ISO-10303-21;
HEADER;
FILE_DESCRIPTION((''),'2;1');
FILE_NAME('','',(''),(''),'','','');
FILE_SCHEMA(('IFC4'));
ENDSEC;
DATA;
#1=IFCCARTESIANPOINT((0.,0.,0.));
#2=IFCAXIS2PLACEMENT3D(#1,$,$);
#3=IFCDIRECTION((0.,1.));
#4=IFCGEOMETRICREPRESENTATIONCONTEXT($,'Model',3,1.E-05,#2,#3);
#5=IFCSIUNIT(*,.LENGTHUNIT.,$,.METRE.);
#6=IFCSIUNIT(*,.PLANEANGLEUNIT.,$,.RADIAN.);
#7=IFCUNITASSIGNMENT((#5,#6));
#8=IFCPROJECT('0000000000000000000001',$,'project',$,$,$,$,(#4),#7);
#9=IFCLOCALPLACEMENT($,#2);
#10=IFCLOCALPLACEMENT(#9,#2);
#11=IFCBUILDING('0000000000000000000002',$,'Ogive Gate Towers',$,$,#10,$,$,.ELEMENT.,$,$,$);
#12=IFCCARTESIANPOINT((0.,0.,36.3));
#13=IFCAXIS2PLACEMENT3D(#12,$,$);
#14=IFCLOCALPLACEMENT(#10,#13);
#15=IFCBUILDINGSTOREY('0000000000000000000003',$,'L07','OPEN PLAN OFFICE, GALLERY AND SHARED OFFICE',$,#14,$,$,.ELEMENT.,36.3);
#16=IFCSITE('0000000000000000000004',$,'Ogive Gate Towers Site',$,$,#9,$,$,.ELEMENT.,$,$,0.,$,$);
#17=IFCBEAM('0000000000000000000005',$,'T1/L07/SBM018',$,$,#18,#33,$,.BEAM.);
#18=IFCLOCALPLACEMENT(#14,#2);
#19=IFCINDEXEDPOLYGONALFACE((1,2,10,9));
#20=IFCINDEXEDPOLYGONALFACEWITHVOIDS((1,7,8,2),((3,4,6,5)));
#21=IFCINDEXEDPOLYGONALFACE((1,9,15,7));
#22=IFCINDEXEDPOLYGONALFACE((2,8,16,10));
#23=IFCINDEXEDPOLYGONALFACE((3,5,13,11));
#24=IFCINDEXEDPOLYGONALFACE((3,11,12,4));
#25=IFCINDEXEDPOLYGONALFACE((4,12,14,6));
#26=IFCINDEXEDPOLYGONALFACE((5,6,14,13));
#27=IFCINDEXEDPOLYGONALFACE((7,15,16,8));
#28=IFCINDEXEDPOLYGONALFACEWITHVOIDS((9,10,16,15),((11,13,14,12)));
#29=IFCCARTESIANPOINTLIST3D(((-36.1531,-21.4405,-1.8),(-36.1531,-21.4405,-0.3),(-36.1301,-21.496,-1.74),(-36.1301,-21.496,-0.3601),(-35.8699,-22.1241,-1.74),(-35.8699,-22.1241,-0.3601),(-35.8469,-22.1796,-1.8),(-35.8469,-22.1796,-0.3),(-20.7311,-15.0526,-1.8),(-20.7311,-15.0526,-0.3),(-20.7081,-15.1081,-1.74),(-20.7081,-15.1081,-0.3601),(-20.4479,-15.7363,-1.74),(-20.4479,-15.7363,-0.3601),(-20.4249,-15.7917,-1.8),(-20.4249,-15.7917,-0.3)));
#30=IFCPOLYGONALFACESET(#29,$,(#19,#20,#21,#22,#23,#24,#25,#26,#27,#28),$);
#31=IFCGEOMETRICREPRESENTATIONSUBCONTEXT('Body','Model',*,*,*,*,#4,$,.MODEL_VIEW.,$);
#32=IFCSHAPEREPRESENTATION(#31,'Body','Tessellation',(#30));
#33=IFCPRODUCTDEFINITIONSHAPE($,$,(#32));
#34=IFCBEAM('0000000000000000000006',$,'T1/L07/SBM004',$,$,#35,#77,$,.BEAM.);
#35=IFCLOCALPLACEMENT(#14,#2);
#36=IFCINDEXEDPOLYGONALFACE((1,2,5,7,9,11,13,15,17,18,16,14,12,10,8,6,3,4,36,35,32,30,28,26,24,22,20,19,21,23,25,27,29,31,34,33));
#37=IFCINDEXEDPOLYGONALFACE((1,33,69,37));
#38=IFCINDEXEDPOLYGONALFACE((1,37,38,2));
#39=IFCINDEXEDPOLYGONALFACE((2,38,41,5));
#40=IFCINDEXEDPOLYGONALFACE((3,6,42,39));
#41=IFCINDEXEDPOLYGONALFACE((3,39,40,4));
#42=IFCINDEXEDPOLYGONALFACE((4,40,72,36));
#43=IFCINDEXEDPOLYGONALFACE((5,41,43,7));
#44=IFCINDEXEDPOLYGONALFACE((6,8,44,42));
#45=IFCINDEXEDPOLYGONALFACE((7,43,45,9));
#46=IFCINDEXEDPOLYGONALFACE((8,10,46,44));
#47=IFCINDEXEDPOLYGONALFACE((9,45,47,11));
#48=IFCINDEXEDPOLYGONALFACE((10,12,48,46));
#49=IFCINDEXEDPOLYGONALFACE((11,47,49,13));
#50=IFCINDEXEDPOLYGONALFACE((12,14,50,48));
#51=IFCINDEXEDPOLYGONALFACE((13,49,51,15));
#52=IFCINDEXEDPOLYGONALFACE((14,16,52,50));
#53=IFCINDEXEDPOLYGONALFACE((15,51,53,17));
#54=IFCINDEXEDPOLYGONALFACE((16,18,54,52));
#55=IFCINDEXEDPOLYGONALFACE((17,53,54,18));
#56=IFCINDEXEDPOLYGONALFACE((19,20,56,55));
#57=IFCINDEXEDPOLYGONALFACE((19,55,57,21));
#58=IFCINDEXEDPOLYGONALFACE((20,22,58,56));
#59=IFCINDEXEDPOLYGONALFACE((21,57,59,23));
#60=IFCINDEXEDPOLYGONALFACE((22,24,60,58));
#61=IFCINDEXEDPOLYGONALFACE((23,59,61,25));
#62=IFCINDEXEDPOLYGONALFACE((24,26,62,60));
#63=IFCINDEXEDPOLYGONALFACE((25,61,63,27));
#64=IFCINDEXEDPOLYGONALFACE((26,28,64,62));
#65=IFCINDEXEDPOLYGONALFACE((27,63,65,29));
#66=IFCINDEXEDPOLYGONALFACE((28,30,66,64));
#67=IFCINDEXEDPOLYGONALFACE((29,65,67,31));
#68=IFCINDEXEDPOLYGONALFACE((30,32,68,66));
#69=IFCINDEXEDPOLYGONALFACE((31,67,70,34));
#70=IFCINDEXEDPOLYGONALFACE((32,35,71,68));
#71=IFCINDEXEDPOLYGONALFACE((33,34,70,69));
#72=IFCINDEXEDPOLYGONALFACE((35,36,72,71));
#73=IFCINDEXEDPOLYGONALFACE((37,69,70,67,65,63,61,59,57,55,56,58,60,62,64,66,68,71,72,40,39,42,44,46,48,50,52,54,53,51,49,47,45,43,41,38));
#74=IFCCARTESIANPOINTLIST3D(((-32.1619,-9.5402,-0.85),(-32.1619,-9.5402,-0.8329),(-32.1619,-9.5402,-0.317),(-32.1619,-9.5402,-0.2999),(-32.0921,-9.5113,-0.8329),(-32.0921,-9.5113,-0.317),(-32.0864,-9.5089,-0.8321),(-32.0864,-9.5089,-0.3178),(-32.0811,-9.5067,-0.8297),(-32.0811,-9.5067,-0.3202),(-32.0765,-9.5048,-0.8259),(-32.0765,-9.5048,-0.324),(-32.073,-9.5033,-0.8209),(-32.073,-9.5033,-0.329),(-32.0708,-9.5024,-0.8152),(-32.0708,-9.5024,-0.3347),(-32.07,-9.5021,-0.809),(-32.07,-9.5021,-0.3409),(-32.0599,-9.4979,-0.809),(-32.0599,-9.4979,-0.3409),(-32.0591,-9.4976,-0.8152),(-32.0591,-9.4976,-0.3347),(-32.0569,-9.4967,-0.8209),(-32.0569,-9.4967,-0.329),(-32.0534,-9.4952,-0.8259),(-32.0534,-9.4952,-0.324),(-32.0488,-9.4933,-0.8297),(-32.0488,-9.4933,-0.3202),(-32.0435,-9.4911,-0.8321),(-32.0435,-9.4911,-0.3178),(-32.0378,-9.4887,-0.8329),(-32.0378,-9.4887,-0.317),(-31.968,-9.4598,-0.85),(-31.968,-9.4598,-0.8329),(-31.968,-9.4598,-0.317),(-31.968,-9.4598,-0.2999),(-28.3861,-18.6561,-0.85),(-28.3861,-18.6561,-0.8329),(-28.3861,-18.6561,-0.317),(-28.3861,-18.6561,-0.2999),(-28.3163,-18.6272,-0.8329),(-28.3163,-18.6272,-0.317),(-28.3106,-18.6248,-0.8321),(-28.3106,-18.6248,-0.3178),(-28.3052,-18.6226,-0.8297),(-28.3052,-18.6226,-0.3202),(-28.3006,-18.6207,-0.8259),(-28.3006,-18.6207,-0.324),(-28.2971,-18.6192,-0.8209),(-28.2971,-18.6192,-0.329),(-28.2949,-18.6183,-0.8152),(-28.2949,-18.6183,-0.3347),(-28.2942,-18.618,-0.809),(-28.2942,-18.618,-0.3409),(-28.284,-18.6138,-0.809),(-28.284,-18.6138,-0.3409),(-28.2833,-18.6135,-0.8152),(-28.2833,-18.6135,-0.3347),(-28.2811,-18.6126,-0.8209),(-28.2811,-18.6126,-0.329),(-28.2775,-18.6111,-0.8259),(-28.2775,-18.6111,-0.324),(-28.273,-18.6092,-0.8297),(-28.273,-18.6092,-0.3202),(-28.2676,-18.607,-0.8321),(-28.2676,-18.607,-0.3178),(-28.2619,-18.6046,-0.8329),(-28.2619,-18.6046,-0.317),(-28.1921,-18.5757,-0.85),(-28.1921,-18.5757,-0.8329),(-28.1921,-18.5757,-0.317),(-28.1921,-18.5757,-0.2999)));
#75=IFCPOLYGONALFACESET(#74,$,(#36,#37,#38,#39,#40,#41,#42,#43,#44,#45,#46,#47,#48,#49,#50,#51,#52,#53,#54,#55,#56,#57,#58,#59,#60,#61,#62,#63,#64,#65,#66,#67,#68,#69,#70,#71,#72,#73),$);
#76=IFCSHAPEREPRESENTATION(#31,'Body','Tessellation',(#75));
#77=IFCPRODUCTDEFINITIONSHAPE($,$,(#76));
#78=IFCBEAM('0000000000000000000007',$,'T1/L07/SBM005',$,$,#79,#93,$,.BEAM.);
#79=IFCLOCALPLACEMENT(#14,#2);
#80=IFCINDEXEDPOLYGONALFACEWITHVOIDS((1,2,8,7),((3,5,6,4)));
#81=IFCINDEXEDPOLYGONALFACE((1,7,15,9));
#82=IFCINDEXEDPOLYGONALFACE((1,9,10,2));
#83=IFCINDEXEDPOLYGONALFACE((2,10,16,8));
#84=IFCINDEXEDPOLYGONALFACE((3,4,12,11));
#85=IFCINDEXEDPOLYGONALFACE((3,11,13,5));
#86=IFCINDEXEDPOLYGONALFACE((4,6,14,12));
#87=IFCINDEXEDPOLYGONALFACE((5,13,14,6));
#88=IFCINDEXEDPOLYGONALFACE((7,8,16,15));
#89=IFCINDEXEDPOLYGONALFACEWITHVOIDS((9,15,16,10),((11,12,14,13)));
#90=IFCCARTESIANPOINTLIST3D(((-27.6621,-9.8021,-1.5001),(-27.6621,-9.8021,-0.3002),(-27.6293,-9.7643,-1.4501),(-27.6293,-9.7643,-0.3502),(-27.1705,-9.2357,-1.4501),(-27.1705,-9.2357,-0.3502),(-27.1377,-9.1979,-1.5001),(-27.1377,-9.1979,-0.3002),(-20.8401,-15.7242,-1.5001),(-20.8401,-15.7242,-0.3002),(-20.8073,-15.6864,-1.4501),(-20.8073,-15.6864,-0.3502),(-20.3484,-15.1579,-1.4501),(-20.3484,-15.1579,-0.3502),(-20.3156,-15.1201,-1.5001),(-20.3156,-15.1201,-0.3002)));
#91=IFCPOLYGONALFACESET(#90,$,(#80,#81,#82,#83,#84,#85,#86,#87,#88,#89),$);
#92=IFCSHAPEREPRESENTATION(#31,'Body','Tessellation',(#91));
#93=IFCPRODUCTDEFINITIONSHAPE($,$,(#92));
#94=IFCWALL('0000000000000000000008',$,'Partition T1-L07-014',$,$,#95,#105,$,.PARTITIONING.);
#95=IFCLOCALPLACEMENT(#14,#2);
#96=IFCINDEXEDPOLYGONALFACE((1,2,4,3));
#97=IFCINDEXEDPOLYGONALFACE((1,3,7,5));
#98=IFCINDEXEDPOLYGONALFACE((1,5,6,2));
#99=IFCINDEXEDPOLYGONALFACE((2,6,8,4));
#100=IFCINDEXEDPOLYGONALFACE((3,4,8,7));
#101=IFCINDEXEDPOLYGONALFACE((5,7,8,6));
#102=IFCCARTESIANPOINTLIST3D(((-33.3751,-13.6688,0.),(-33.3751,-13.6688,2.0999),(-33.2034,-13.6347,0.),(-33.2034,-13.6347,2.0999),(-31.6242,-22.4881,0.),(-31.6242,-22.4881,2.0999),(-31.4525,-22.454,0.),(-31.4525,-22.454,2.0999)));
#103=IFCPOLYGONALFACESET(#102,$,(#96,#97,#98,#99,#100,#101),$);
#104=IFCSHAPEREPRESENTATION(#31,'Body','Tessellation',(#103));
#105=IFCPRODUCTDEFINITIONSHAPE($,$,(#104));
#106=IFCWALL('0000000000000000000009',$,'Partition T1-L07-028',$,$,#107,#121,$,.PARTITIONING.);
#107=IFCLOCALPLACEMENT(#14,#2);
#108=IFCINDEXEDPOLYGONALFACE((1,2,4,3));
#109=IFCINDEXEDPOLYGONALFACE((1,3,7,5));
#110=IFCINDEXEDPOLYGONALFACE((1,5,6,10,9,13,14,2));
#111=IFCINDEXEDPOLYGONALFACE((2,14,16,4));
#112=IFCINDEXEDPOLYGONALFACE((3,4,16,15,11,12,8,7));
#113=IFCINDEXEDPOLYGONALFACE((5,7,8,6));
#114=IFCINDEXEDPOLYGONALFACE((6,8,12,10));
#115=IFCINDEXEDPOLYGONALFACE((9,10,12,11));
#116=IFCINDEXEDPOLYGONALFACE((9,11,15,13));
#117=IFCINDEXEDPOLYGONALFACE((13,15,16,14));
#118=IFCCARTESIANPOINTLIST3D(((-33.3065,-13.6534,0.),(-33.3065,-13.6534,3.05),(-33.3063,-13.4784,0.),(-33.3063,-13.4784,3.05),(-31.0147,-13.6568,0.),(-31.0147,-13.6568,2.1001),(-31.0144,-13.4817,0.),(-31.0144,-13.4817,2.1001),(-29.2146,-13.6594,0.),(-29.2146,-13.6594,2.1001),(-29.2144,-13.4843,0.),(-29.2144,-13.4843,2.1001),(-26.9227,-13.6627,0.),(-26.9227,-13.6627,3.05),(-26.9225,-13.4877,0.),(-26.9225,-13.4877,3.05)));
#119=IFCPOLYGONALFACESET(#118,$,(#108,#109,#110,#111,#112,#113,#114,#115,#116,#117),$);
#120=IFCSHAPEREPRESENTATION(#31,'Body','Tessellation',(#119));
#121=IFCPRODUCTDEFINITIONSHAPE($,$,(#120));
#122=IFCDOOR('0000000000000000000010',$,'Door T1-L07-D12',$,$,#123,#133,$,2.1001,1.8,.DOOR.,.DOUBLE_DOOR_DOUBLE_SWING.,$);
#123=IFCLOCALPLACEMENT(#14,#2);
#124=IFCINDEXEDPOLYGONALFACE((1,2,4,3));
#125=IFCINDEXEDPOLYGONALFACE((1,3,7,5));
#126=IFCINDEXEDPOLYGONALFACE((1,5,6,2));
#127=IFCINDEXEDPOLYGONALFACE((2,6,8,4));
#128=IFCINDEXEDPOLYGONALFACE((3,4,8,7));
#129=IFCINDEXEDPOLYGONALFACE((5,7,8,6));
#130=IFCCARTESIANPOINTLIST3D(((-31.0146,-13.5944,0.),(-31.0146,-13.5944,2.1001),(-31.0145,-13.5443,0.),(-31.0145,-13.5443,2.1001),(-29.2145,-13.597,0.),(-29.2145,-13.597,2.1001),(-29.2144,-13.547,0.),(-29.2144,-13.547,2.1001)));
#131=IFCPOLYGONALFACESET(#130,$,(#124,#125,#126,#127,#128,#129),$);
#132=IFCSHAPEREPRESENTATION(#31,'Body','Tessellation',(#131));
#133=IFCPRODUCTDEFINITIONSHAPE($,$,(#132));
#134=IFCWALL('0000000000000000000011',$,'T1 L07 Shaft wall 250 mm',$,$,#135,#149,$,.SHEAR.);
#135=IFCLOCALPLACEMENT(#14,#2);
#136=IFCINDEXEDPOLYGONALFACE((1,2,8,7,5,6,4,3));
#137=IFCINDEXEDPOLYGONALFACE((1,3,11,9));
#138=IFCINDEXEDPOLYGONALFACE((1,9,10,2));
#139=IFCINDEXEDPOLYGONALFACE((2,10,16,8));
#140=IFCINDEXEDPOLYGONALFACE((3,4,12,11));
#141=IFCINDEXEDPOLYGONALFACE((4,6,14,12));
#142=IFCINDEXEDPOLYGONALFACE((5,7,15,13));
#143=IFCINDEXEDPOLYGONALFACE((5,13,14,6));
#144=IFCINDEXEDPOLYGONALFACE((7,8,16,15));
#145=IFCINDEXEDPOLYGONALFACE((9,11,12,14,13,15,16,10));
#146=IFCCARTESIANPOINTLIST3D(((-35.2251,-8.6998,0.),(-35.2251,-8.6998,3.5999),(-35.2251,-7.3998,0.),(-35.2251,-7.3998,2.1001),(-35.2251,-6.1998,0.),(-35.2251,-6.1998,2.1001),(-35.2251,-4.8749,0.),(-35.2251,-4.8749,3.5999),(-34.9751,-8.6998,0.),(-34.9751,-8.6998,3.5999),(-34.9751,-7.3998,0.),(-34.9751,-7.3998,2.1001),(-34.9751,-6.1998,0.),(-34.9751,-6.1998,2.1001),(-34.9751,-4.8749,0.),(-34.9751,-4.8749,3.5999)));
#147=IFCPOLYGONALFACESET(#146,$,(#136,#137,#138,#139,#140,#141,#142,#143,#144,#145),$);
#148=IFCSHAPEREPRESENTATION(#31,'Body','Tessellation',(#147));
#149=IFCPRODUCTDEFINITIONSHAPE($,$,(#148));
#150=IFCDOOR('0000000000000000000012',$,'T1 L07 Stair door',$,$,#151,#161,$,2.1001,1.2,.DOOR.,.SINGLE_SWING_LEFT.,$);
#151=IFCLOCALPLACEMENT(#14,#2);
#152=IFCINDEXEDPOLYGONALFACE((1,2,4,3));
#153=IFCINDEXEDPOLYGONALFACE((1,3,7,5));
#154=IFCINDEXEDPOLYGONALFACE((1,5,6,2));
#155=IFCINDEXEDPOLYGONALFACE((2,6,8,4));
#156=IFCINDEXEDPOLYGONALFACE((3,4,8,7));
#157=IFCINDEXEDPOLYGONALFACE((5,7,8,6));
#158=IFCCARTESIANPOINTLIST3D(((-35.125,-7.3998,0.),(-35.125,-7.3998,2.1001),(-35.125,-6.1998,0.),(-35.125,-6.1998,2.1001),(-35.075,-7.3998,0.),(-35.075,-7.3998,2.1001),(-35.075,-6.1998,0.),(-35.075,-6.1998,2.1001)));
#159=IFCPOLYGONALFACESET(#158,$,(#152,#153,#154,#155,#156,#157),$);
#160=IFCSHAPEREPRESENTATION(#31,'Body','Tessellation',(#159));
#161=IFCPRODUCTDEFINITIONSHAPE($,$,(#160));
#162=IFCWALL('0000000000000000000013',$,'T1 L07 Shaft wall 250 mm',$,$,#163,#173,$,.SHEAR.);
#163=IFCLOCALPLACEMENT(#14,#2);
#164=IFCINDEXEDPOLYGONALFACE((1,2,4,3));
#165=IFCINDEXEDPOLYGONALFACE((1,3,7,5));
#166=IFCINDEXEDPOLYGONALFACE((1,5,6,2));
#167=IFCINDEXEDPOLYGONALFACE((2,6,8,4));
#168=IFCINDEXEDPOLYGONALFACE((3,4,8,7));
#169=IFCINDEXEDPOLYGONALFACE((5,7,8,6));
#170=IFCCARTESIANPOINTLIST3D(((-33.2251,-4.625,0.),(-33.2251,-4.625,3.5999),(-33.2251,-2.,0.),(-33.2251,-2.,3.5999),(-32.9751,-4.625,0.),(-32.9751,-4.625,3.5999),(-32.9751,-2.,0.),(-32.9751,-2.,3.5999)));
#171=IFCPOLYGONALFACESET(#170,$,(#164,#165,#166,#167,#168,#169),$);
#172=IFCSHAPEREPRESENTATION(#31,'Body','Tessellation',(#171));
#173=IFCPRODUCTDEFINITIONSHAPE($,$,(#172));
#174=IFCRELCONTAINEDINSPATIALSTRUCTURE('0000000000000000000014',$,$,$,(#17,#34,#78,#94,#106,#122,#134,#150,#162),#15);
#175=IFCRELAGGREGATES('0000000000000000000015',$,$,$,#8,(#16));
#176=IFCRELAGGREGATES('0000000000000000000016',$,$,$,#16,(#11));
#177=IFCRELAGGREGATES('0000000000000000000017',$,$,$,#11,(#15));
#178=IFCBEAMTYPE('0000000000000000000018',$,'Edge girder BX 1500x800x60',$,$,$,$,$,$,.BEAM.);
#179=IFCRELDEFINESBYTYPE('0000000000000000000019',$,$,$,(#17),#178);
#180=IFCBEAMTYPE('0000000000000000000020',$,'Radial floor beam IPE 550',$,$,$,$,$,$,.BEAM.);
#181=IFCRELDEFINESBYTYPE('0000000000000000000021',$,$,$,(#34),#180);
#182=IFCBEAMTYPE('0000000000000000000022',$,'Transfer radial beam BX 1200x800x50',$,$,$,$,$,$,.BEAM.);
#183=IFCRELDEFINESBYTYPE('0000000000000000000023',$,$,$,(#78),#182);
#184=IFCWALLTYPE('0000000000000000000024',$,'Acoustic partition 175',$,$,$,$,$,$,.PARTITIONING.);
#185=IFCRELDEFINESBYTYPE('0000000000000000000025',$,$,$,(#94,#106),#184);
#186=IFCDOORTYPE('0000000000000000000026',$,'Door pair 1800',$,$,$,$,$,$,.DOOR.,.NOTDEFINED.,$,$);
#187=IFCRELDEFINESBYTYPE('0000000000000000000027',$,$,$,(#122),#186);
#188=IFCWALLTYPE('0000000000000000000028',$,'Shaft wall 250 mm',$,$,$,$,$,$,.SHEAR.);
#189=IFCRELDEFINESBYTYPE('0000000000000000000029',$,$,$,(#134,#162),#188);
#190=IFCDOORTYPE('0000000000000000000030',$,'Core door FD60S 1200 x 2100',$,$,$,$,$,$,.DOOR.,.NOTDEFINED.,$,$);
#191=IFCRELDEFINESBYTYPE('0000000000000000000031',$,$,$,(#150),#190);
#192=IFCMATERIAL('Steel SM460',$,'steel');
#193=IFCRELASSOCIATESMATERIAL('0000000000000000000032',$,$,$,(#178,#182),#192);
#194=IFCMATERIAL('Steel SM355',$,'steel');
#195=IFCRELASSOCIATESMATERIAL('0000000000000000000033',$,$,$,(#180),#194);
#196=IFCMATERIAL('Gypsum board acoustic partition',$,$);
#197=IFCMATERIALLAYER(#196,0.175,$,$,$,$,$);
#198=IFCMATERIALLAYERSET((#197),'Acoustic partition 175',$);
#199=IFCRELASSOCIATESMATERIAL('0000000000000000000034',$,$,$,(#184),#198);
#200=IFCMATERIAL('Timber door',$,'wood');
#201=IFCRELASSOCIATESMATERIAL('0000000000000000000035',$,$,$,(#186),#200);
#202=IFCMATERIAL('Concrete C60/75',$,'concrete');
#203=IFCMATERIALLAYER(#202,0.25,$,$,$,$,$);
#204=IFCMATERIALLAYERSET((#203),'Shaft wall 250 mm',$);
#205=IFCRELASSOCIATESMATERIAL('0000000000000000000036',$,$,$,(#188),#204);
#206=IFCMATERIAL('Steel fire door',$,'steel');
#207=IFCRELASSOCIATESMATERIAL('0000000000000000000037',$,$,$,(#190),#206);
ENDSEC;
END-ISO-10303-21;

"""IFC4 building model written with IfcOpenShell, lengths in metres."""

from ifc_helpers import new_model, si_unit, direction, frame, frame_2d, origin, origin_2d, place, context, subcontext, project, spatial, rectangle, hollow_rectangle, i_section, extrude, material, layer, layer_set, material_profile, profile_set, type_object, element, fill, save


model = new_model("IFC4")

# Units and contexts
model_context = context("Model", 3, precision=1e-05, world=origin(), true_north=direction((0.0, 1.0)))
body_context = subcontext(model_context, "Body", "Model", "MODEL_VIEW")
ifc_project = project(units=[si_unit("LENGTHUNIT", "METRE"), si_unit("PLANEANGLEUNIT", "RADIAN")], contexts=[model_context])

# Site, building, storey
site_placement = place(None, origin())
site = spatial("IfcSite", under=ifc_project, at=site_placement, Name="Ogive Gate Towers Site", CompositionType="ELEMENT", RefElevation=0.0)
building_placement = place(site_placement, origin())
building = spatial("IfcBuilding", under=site, at=building_placement, Name="Ogive Gate Towers", CompositionType="ELEMENT")
storey_placement = place(building_placement, frame((0.0, 0.0, 36.3)))
storey = spatial("IfcBuildingStorey", under=building, at=storey_placement, Name="L07", Description="OPEN PLAN OFFICE, GALLERY AND SHARED OFFICE", CompositionType="ELEMENT", Elevation=36.3)

# Beams
ifc_material_1 = material(Name="Steel SM460", Category="steel")
ifc_material_profile_1 = material_profile(ifc_material_1, hollow_rectangle(XDim=0.8, YDim=1.5, WallThickness=0.0601, at=origin_2d()), Name="BX 1500x800x60")
ifc_profile_set_1 = profile_set([ifc_material_profile_1], Name="Steel SM460")
beam_type_1 = type_object("IfcBeamType", Name="Edge girder BX 1500x800x60", PredefinedType="BEAM", material=ifc_profile_set_1)
beam_1_placement = place(storey_placement, frame((-36.0, -21.8101, -1.05), z_axis=(0.923882, 0.382678, 0.0), x_axis=(-0.382678, 0.923882, 0.0)))
element("IfcBeam", 1, at=beam_1_placement, inside=storey, type_object=beam_type_1, Name="T1/L07/SBM018", PredefinedType="BEAM", context=body_context, shape_type="SweptSolid", body=[
    extrude(hollow_rectangle(XDim=0.8, YDim=1.5, WallThickness=0.0601, at=origin_2d()), origin(), (0.0, 0.0, 1.0), 16.6926),
])
ifc_material_2 = material(Name="Steel SM355", Category="steel")
ifc_material_profile_2 = material_profile(ifc_material_2, i_section(OverallWidth=0.21, OverallDepth=0.55, WebThickness=0.011, FlangeThickness=0.0171, FilletRadius=0.0239, at=origin_2d()), Name="IPE 550")
ifc_profile_set_2 = profile_set([ifc_material_profile_2], Name="Steel SM355")
beam_type_2 = type_object("IfcBeamType", Name="Radial floor beam IPE 550", PredefinedType="BEAM", material=ifc_profile_set_2)
beam_2_placement = place(storey_placement, frame((-32.0649, -9.5, -0.575), z_axis=(0.382677, -0.923882, 0.0), x_axis=(0.923882, 0.382677, 0.0)))
element("IfcBeam", 2, at=beam_2_placement, inside=storey, type_object=beam_type_2, Name="T1/L07/SBM004", PredefinedType="BEAM", context=body_context, shape_type="SweptSolid", body=[
    extrude(i_section(OverallWidth=0.21, OverallDepth=0.55, WebThickness=0.011, FlangeThickness=0.0171, FilletRadius=0.0239, at=origin_2d()), origin(), (0.0, 0.0, 1.0), 9.8669),
])
ifc_material_profile_3 = material_profile(ifc_material_1, hollow_rectangle(XDim=0.8, YDim=1.2, WallThickness=0.05, at=origin_2d()), Name="BX 1200x800x50")
ifc_profile_set_3 = profile_set([ifc_material_profile_3], Name="Steel SM460")
beam_type_3 = type_object("IfcBeamType", Name="Transfer radial beam BX 1200x800x50", PredefinedType="BEAM", material=ifc_profile_set_3)
beam_3_placement = place(storey_placement, frame((-27.3999, -9.5, -0.9001), z_axis=(0.755157, -0.655544, 0.0), x_axis=(0.655544, 0.755157, 0.0)))
element("IfcBeam", 3, at=beam_3_placement, inside=storey, type_object=beam_type_3, Name="T1/L07/SBM005", PredefinedType="BEAM", context=body_context, shape_type="SweptSolid", body=[
    extrude(hollow_rectangle(XDim=0.8, YDim=1.2, WallThickness=0.05, at=origin_2d()), origin(), (0.0, 0.0, 1.0), 9.0339),
])

# Wall
ifc_material_3 = material(Name="Gypsum board acoustic partition")
ifc_layer_1 = layer(ifc_material_3, 0.175)
ifc_layer_set_1 = layer_set([ifc_layer_1], Name="Acoustic partition 175")
wall_type_1 = type_object("IfcWallType", Name="Acoustic partition 175", PredefinedType="PARTITIONING", material=ifc_layer_set_1)
wall_1_placement = place(storey_placement, frame((-31.5383, -22.4709, 0.0), z_axis=(0.0, 0.0, 1.0), x_axis=(-0.194737, 0.980855, 0.0)))
element("IfcWall", 4, at=wall_1_placement, inside=storey, type_object=wall_type_1, Name="Partition T1-L07-014", PredefinedType="PARTITIONING", context=body_context, shape_type="SweptSolid", body=[
    extrude(rectangle(XDim=8.9915, YDim=0.175, at=frame_2d((4.4956, 0.0))), origin(), (0.0, 0.0, 1.0), 2.0999),
])

# Walls, openings, doors
wall_2_placement = place(storey_placement, frame((-33.3064, -13.5659, 0.0), z_axis=(0.0, 0.0, 1.0), x_axis=(0.999999, -0.001453, 0.0)))
wall_2 = element("IfcWall", 5, at=wall_2_placement, inside=storey, type_object=wall_type_1, Name="Partition T1-L07-028", PredefinedType="PARTITIONING", context=body_context, shape_type="SweptSolid", body=[
    extrude(rectangle(XDim=6.3838, YDim=0.175, at=frame_2d((3.1919, 0.0))), origin(), (0.0, 0.0, 1.0), 3.05),
])
opening_1_placement = place(wall_2_placement, frame((2.292, 0.0, 0.0)))
opening_1 = element("IfcOpeningElement", 6, at=opening_1_placement, cuts=wall_2, PredefinedType="OPENING", context=body_context, shape_type="SweptSolid", body=[
    extrude(rectangle(XDim=1.8, YDim=2.1001, at=frame_2d((0.8999, 1.05))), frame((0.0, 0.0977, 0.0), z_axis=(0.0, -1.0, 0.0), x_axis=(1.0, 0.0, 0.0)), (0.0, 0.0, 1.0), 0.1951),
])
ifc_material_4 = material(Name="Timber door", Category="wood")
door_type_1 = type_object("IfcDoorType", Name="Door pair 1800", OperationType="NOTDEFINED", PredefinedType="DOOR", material=ifc_material_4)
door_1_placement = place(opening_1_placement, origin())
door_1 = element("IfcDoor", 7, at=door_1_placement, inside=storey, type_object=door_type_1, Name="Door T1-L07-D12", OperationType="DOUBLE_DOOR_DOUBLE_SWING", OverallHeight=2.1001, OverallWidth=1.8, PredefinedType="DOOR", context=body_context, shape_type="SweptSolid", body=[
    extrude(rectangle(XDim=1.8, YDim=2.1001, at=frame_2d((0.8999, 1.05))), frame((0.0, 0.0249, 0.0), z_axis=(0.0, -1.0, 0.0), x_axis=(1.0, 0.0, 0.0)), (0.0, 0.0, 1.0), 0.05),
])
fill(opening_1, door_1)
ifc_material_5 = material(Name="Concrete C60/75", Category="concrete")
ifc_layer_2 = layer(ifc_material_5, 0.25)
ifc_layer_set_2 = layer_set([ifc_layer_2], Name="Shaft wall 250 mm")
wall_type_2 = type_object("IfcWallType", Name="Shaft wall 250 mm", PredefinedType="SHEAR", material=ifc_layer_set_2)
wall_3_placement = place(storey_placement, frame((-35.1001, -8.7, 0.0), z_axis=(0.0, 0.0, 1.0), x_axis=(0.0, 1.0, 0.0)))
wall_3 = element("IfcWall", 8, at=wall_3_placement, inside=storey, type_object=wall_type_2, Name="T1 L07 Shaft wall 250 mm", PredefinedType="SHEAR", context=body_context, shape_type="SweptSolid", body=[
    extrude(rectangle(XDim=3.825, YDim=0.25, at=frame_2d((1.9126, 0.0))), origin(), (0.0, 0.0, 1.0), 3.5999),
])
opening_2_placement = place(wall_3_placement, frame((1.3, 0.0, 0.0)))
opening_2 = element("IfcOpeningElement", 9, at=opening_2_placement, cuts=wall_3, PredefinedType="OPENING", context=body_context, shape_type="SweptSolid", body=[
    extrude(rectangle(XDim=1.2, YDim=2.1001, at=frame_2d((0.6001, 1.05))), frame((0.0, 0.135, 0.0), z_axis=(0.0, -1.0, 0.0), x_axis=(1.0, 0.0, 0.0)), (0.0, 0.0, 1.0), 0.27),
])
ifc_material_6 = material(Name="Steel fire door", Category="steel")
door_type_2 = type_object("IfcDoorType", Name="Core door FD60S 1200 x 2100", OperationType="NOTDEFINED", PredefinedType="DOOR", material=ifc_material_6)
door_2_placement = place(opening_2_placement, origin())
door_2 = element("IfcDoor", 10, at=door_2_placement, inside=storey, type_object=door_type_2, Name="T1 L07 Stair door", OperationType="SINGLE_SWING_LEFT", OverallHeight=2.1001, OverallWidth=1.2, PredefinedType="DOOR", context=body_context, shape_type="SweptSolid", body=[
    extrude(rectangle(XDim=1.2, YDim=2.1001, at=frame_2d((0.6001, 1.05))), frame((0.0, 0.0249, 0.0), z_axis=(0.0, -1.0, 0.0), x_axis=(1.0, 0.0, 0.0)), (0.0, 0.0, 1.0), 0.05),
])
fill(opening_2, door_2)

# Wall
for number, where, z_axis, x_axis, name in (
    (11, (-33.1001, -4.625, 0.0), (0.0, 0.0, 1.0), (0.0, 1.0, 0.0), "T1 L07 Shaft wall 250 mm"),
):
    element("IfcWall", number, at=place(storey_placement, frame(where, z_axis=z_axis, x_axis=x_axis)), inside=storey, type_object=wall_type_2, Name=name, PredefinedType="SHEAR", context=body_context, shape_type="SweptSolid", body=[
        extrude(rectangle(XDim=2.625, YDim=0.25, at=frame_2d((1.3125, 0.0))), origin(), (0.0, 0.0, 1.0), 3.5999),
    ])

save(model, "model.ifc")
